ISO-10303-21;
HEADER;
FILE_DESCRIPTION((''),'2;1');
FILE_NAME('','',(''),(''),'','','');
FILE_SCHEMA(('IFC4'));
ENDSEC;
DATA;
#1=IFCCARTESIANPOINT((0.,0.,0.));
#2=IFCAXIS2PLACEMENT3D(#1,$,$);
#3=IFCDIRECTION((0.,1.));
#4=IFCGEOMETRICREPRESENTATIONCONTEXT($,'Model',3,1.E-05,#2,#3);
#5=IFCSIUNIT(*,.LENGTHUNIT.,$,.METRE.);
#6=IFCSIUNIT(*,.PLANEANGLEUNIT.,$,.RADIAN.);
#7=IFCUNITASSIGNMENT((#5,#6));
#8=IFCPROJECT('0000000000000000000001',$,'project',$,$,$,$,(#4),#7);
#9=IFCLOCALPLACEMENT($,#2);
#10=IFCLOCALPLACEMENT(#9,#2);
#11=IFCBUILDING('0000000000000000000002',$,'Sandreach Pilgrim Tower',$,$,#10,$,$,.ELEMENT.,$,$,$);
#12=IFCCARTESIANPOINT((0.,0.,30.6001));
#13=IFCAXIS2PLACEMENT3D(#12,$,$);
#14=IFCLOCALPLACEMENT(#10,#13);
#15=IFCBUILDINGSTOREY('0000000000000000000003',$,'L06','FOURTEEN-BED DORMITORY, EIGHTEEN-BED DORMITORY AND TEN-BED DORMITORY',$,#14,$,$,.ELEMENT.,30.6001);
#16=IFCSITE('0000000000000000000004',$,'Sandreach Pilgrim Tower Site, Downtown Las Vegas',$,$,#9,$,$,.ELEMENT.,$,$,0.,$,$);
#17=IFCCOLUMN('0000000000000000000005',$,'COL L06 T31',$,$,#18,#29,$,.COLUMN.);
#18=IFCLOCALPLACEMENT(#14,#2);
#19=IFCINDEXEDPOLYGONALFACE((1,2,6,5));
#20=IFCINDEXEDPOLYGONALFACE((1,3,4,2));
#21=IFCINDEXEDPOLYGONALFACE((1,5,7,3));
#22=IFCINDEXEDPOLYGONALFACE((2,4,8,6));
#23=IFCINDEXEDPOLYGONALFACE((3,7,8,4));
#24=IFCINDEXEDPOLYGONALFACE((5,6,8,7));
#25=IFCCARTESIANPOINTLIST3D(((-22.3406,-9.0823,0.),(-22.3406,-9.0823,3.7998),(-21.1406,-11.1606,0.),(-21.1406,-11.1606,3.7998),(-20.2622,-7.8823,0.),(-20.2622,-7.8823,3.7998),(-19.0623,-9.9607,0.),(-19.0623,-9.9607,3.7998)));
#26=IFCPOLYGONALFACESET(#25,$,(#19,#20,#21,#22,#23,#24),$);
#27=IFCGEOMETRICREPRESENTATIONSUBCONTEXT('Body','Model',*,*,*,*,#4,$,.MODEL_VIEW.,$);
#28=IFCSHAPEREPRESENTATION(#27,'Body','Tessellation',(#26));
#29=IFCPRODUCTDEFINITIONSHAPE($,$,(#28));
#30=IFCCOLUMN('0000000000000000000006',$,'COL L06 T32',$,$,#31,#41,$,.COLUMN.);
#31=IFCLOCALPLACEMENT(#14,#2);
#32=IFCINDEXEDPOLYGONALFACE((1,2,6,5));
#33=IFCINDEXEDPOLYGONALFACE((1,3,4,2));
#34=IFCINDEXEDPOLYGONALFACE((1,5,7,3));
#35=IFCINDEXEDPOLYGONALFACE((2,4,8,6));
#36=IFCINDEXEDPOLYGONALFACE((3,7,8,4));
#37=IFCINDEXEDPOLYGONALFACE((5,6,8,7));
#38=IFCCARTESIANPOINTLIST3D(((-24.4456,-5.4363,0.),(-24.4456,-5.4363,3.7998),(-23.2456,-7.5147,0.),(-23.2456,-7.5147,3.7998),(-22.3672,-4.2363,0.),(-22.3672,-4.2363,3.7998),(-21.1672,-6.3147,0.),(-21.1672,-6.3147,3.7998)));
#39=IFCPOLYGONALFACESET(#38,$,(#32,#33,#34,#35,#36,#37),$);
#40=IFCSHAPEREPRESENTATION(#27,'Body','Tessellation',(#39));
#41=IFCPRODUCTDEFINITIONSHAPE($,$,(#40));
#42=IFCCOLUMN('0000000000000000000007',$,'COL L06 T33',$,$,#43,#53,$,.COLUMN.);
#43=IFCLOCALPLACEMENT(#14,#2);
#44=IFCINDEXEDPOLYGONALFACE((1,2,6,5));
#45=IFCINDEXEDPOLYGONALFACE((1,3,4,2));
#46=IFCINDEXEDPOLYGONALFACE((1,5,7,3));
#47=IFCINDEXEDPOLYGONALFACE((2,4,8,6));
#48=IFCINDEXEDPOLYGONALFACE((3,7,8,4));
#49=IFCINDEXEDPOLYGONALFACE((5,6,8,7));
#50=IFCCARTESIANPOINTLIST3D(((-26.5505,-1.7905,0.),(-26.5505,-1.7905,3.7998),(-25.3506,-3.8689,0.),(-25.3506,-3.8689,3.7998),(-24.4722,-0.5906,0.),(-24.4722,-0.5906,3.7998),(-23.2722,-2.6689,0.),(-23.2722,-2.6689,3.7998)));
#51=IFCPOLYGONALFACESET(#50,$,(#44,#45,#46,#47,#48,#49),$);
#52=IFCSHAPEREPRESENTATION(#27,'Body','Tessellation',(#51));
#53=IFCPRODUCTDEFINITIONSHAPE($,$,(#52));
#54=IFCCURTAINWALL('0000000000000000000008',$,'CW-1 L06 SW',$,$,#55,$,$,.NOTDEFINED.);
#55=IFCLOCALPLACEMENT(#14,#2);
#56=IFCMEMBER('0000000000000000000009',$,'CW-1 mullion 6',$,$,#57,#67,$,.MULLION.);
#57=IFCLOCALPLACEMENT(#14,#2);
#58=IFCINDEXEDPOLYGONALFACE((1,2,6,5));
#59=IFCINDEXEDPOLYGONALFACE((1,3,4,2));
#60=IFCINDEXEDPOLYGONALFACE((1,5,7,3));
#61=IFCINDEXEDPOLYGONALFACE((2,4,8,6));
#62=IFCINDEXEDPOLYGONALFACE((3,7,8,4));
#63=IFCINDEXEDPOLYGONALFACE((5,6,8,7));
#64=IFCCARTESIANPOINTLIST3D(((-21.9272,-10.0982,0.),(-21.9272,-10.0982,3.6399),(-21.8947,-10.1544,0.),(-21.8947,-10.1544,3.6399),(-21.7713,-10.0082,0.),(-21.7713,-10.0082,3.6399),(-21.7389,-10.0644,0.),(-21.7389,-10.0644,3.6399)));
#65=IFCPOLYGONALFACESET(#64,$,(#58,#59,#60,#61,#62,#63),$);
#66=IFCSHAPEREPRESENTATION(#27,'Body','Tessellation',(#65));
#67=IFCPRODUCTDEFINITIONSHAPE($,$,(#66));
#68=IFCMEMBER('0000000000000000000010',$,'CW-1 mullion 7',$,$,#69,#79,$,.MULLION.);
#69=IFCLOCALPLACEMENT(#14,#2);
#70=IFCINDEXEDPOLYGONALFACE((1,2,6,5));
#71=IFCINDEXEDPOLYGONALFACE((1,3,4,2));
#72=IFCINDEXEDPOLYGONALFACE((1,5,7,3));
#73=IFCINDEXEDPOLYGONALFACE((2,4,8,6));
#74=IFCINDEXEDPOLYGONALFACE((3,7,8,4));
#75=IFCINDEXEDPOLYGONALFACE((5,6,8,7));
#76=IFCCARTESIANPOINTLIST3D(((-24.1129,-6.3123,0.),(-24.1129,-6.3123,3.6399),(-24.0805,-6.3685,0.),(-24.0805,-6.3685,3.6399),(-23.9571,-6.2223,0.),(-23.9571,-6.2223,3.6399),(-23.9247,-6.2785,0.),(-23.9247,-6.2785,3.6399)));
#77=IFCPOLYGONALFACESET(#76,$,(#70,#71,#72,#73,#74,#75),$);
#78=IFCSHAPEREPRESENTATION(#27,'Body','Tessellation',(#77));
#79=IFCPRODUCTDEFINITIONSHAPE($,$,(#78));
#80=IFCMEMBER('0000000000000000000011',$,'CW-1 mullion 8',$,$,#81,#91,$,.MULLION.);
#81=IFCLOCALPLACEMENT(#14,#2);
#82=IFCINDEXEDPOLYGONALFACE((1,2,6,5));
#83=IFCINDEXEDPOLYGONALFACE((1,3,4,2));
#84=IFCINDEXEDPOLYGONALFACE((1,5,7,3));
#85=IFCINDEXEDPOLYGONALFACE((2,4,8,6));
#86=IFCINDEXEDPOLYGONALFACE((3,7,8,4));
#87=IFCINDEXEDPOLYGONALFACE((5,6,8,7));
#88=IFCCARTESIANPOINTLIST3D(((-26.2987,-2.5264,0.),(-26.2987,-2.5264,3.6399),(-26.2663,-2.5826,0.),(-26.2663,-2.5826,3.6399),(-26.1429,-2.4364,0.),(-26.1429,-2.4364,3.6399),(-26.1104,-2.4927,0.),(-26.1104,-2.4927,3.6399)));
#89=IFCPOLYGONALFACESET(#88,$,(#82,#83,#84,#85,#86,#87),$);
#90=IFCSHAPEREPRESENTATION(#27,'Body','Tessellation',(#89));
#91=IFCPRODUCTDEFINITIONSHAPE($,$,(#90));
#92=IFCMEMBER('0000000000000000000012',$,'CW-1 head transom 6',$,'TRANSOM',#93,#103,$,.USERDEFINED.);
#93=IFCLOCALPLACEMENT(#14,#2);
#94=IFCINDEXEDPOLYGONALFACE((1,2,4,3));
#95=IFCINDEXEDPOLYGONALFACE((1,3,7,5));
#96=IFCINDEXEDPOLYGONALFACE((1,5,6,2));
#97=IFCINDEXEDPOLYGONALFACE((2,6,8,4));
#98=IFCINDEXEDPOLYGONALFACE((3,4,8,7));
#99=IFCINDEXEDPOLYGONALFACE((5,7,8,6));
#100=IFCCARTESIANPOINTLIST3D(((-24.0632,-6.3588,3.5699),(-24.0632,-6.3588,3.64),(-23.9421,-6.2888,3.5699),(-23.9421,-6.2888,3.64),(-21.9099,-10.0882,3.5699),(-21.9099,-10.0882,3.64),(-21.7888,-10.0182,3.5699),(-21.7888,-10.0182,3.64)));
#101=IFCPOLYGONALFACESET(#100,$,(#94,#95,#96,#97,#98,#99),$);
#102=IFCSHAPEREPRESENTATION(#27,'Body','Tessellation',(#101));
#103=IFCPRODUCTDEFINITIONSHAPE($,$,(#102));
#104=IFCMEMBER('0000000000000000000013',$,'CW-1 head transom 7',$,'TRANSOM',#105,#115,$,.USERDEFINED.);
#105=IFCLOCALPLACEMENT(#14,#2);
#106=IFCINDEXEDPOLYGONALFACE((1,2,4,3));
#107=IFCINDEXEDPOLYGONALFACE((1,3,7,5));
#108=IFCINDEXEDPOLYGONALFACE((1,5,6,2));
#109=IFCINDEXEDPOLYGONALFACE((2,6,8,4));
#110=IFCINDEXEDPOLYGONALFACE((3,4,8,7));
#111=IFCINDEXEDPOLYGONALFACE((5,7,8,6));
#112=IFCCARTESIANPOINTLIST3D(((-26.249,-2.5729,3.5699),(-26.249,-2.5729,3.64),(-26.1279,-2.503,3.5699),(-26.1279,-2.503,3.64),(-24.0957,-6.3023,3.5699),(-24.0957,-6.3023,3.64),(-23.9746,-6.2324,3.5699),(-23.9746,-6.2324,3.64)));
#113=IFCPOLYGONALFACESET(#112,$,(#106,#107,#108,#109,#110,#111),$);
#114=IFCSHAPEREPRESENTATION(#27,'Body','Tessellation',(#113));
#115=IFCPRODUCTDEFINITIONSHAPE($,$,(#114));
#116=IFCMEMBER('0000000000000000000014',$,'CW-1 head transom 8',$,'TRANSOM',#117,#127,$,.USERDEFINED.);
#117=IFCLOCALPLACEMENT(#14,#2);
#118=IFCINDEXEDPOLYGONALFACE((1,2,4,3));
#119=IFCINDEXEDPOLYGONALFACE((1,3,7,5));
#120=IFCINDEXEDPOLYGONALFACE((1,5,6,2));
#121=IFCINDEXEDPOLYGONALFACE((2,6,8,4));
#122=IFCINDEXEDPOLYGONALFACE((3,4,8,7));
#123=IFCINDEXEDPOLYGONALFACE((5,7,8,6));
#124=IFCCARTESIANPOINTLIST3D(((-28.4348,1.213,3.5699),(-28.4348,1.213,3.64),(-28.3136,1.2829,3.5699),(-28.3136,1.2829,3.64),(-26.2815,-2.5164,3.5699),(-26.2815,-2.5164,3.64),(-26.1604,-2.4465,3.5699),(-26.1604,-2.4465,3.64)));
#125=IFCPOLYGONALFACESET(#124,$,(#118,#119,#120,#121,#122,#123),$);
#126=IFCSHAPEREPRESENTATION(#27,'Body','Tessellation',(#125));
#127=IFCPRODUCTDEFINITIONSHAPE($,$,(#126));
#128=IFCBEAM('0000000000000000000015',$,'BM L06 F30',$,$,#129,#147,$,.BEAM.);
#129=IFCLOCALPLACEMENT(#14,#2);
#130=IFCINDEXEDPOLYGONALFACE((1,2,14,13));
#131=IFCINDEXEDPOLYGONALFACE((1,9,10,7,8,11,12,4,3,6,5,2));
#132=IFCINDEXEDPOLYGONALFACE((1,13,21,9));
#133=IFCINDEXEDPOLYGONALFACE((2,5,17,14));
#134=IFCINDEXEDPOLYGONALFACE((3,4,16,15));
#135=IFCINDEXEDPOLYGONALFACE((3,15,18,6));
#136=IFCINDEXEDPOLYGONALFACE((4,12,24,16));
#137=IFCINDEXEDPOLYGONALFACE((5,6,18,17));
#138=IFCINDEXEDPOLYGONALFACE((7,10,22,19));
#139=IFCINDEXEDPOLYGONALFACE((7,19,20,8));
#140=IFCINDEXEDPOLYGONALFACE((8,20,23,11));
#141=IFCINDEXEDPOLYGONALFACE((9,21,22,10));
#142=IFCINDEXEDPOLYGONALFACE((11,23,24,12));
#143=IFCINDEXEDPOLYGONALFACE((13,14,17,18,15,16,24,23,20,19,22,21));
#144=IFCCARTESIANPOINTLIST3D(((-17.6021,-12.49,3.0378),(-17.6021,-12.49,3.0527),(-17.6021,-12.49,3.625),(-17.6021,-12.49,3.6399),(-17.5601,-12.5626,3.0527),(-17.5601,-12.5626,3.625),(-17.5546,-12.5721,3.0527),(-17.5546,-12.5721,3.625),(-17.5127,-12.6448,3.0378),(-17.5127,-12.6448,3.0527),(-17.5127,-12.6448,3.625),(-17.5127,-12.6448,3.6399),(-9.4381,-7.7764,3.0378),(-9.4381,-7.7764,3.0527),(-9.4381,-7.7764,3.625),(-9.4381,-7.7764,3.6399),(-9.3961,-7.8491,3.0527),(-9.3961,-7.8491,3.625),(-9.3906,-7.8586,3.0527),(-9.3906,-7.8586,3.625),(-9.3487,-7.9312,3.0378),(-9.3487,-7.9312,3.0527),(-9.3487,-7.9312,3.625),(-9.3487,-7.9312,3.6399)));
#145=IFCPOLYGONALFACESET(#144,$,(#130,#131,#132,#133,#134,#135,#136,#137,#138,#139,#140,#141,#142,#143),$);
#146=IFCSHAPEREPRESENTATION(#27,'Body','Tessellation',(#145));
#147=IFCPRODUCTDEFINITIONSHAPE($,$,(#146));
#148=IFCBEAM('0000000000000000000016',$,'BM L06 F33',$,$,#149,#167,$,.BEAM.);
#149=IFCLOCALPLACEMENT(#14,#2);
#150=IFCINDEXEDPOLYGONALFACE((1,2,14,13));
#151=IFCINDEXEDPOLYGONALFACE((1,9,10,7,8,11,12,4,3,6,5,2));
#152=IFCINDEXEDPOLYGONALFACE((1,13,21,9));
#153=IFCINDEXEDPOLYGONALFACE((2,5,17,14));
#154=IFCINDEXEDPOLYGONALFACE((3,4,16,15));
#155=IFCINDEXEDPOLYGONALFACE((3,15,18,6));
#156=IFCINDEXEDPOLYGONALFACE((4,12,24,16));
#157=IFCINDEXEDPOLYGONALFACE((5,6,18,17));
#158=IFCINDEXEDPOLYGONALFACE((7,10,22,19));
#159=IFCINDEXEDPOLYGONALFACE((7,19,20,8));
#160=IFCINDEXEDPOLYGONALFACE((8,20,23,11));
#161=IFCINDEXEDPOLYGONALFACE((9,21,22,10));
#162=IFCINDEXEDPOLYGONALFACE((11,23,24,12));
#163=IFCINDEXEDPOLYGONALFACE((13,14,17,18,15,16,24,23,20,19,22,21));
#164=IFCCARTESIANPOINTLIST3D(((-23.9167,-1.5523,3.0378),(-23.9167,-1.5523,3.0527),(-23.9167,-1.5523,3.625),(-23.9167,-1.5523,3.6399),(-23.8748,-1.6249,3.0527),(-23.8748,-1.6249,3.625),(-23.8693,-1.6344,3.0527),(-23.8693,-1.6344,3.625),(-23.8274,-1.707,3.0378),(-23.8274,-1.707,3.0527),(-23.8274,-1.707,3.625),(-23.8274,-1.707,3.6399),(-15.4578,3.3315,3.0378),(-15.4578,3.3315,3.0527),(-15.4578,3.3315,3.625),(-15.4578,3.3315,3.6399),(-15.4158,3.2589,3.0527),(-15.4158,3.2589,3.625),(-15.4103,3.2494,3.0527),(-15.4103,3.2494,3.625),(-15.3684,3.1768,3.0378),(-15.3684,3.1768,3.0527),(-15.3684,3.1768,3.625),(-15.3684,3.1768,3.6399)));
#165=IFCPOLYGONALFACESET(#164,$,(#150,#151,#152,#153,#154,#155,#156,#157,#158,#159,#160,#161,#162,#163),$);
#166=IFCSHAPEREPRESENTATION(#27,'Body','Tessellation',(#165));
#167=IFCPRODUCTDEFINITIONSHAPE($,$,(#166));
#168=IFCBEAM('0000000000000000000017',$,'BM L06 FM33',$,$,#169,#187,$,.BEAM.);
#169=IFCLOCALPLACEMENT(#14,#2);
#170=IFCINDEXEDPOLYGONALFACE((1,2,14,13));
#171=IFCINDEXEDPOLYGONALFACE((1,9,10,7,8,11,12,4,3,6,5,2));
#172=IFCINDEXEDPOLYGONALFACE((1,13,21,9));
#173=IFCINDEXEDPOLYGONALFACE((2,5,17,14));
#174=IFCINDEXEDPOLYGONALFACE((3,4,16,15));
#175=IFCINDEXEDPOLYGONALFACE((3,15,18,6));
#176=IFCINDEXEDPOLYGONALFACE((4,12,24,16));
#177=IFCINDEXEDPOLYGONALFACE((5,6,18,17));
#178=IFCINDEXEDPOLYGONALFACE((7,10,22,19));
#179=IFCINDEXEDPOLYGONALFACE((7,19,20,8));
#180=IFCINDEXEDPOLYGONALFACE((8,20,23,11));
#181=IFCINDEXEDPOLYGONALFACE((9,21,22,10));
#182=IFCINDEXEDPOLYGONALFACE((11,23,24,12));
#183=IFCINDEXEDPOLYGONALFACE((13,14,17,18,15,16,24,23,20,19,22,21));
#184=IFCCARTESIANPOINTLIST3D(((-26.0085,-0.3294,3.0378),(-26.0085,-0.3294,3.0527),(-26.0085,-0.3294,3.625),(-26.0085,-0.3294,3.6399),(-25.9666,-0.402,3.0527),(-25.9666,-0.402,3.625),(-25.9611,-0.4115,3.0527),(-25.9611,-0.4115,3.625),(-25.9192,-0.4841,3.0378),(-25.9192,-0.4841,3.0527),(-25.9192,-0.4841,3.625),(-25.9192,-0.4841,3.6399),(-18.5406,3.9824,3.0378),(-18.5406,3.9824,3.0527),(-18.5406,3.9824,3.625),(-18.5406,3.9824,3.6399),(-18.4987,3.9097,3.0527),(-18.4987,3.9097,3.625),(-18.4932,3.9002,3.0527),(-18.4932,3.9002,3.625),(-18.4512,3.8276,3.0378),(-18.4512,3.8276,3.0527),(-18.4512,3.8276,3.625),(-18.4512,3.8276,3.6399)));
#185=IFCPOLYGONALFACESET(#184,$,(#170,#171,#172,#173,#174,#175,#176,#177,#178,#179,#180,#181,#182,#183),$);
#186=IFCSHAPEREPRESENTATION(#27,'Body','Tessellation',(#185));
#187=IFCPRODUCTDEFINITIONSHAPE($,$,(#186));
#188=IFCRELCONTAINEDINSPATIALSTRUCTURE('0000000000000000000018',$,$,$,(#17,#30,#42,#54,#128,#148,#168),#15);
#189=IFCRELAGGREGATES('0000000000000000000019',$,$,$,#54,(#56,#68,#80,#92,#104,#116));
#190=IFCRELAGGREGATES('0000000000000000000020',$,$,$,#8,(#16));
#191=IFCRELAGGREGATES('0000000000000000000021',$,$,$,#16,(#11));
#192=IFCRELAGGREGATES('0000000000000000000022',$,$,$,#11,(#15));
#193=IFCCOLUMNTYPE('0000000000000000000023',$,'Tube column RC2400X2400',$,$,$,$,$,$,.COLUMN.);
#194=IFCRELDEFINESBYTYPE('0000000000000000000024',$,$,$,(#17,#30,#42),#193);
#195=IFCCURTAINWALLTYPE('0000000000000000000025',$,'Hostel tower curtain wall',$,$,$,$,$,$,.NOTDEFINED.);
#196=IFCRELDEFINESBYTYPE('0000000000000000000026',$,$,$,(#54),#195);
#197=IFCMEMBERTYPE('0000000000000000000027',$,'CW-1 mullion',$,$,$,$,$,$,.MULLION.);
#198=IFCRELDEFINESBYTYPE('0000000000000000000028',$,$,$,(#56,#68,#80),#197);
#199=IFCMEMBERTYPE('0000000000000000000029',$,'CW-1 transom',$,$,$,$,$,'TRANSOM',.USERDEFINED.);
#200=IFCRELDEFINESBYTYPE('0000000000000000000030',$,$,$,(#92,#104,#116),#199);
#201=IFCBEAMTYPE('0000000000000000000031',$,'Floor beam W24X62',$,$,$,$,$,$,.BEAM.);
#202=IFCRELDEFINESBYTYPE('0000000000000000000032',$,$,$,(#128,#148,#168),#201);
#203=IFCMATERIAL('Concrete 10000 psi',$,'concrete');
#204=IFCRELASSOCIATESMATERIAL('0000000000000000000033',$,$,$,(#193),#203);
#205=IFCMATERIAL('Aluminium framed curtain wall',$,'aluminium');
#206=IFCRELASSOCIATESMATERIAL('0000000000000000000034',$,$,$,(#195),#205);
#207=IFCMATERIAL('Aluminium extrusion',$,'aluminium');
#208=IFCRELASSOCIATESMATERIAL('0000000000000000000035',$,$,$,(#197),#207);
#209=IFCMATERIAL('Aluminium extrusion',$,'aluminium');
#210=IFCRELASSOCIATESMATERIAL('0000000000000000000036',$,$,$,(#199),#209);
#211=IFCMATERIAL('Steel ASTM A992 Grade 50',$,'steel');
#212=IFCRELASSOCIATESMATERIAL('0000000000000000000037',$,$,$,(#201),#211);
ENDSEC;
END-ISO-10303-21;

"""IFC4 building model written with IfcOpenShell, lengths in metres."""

from ifc_helpers import new_model, si_unit, direction, frame, origin, origin_2d, place, context, subcontext, project, spatial, rectangle, i_section, extrude, material, material_profile, profile_set, type_object, element, aggregate, save


model = new_model("IFC4")

# Units and contexts
model_context = context("Model", 3, precision=1e-05, world=origin(), true_north=direction((0.0, 1.0)))
body_context = subcontext(model_context, "Body", "Model", "MODEL_VIEW")
ifc_project = project(units=[si_unit("LENGTHUNIT", "METRE"), si_unit("PLANEANGLEUNIT", "RADIAN")], contexts=[model_context])

# Site, building, storey
site_placement = place(None, origin())
site = spatial("IfcSite", under=ifc_project, at=site_placement, Name="Sandreach Pilgrim Tower Site, Downtown Las Vegas", CompositionType="ELEMENT", RefElevation=0.0)
building_placement = place(site_placement, origin())
building = spatial("IfcBuilding", under=site, at=building_placement, Name="Sandreach Pilgrim Tower", CompositionType="ELEMENT")
storey_placement = place(building_placement, frame((0.0, 0.0, 30.6001)))
storey = spatial("IfcBuildingStorey", under=building, at=storey_placement, Name="L06", Description="FOURTEEN-BED DORMITORY, EIGHTEEN-BED DORMITORY AND TEN-BED DORMITORY", CompositionType="ELEMENT", Elevation=30.6001)

# Columns
ifc_material_1 = material(Name="Concrete 10000 psi", Category="concrete")
ifc_material_profile_1 = material_profile(ifc_material_1, rectangle(XDim=2.3999, YDim=2.3999, at=origin_2d()), Name="RC2400X2400")
ifc_profile_set_1 = profile_set([ifc_material_profile_1], Name="Concrete 10000 psi")
column_type = type_object("IfcColumnType", Name="Tube column RC2400X2400", PredefinedType="COLUMN", material=ifc_profile_set_1)
for number, where, z_axis, x_axis, name in (
    (1, (-20.7014, -9.5215, 0.0), (0.0, 0.0, 1.0), (-0.866025, -0.5, 0.0), "COL L06 T31"),
    (2, (-22.8064, -5.8755, 0.0), (0.0, 0.0, 1.0), (-0.866025, -0.5, 0.0), "COL L06 T32"),
    (3, (-24.9114, -2.2297, 0.0), (0.0, 0.0, 1.0), (-0.866025, -0.5, 0.0), "COL L06 T33"),
):
    element("IfcColumn", number, at=place(storey_placement, frame(where, z_axis=z_axis, x_axis=x_axis)), inside=storey, type_object=column_type, Name=name, PredefinedType="COLUMN", context=body_context, shape_type="SweptSolid", body=[
        extrude(rectangle(XDim=2.3999, YDim=2.3999, at=origin_2d()), origin(), (0.0, 0.0, 1.0), 3.7998),
    ])

# Curtain wall, members
ifc_material_2 = material(Name="Aluminium framed curtain wall", Category="aluminium")
curtain_wall_type = type_object("IfcCurtainWallType", Name="Hostel tower curtain wall", PredefinedType="NOTDEFINED", material=ifc_material_2)
curtain_wall_placement = place(storey_placement, origin())
curtain_wall = element("IfcCurtainWall", 4, at=curtain_wall_placement, inside=storey, type_object=curtain_wall_type, Name="CW-1 L06 SW", PredefinedType="NOTDEFINED")
ifc_material_3 = material(Name="Aluminium extrusion", Category="aluminium")
ifc_material_profile_2 = material_profile(ifc_material_3, rectangle(XDim=0.0649, YDim=0.1799, at=origin_2d()), Name="CW-1M 65X180")
ifc_profile_set_2 = profile_set([ifc_material_profile_2], Name="Aluminium extrusion")
member_type_1 = type_object("IfcMemberType", Name="CW-1 mullion", PredefinedType="MULLION", material=ifc_profile_set_2)
member_1_placement = place(storey_placement, frame((-21.833, -10.0813, 0.0), z_axis=(0.0, 0.0, 1.0), x_axis=(-0.5, 0.866025, 0.0)))
member_1 = element("IfcMember", 5, at=member_1_placement, type_object=member_type_1, Name="CW-1 mullion 6", PredefinedType="MULLION", context=body_context, shape_type="SweptSolid", body=[
    extrude(rectangle(XDim=0.0649, YDim=0.1799, at=origin_2d()), origin(), (0.0, 0.0, 1.0), 3.6399),
])
member_2_placement = place(storey_placement, frame((-24.0188, -6.2954, 0.0), z_axis=(0.0, 0.0, 1.0), x_axis=(-0.5, 0.866025, 0.0)))
member_2 = element("IfcMember", 6, at=member_2_placement, type_object=member_type_1, Name="CW-1 mullion 7", PredefinedType="MULLION", context=body_context, shape_type="SweptSolid", body=[
    extrude(rectangle(XDim=0.0649, YDim=0.1799, at=origin_2d()), origin(), (0.0, 0.0, 1.0), 3.6399),
])
member_3_placement = place(storey_placement, frame((-26.2046, -2.5095, 0.0), z_axis=(0.0, 0.0, 1.0), x_axis=(-0.5, 0.866025, 0.0)))
member_3 = element("IfcMember", 7, at=member_3_placement, type_object=member_type_1, Name="CW-1 mullion 8", PredefinedType="MULLION", context=body_context, shape_type="SweptSolid", body=[
    extrude(rectangle(XDim=0.0649, YDim=0.1799, at=origin_2d()), origin(), (0.0, 0.0, 1.0), 3.6399),
])
ifc_material_4 = material(Name="Aluminium extrusion", Category="aluminium")
ifc_material_profile_3 = material_profile(ifc_material_4, rectangle(XDim=0.1399, YDim=0.0701, at=origin_2d()), Name="CW-1T 140X70")
ifc_profile_set_3 = profile_set([ifc_material_profile_3], Name="Aluminium extrusion")
member_type_2 = type_object("IfcMemberType", Name="CW-1 transom", ElementType="TRANSOM", PredefinedType="USERDEFINED", material=ifc_profile_set_3)
member_4_placement = place(storey_placement, frame((-21.8494, -10.0532, 3.605), z_axis=(-0.500017, 0.866016, 0.0), x_axis=(-0.866016, -0.500017, 0.0)))
member_4 = element("IfcMember", 8, at=member_4_placement, type_object=member_type_2, Name="CW-1 head transom 6", ObjectType="TRANSOM", PredefinedType="USERDEFINED", context=body_context, shape_type="SweptSolid", body=[
    extrude(rectangle(XDim=0.1399, YDim=0.0701, at=origin_2d()), origin(), (0.0, 0.0, 1.0), 4.3064),
])
member_5_placement = place(storey_placement, frame((-24.0352, -6.2673, 3.605), z_axis=(-0.500017, 0.866016, 0.0), x_axis=(-0.866016, -0.500017, 0.0)))
member_5 = element("IfcMember", 9, at=member_5_placement, type_object=member_type_2, Name="CW-1 head transom 7", ObjectType="TRANSOM", PredefinedType="USERDEFINED", context=body_context, shape_type="SweptSolid", body=[
    extrude(rectangle(XDim=0.1399, YDim=0.0701, at=origin_2d()), origin(), (0.0, 0.0, 1.0), 4.3064),
])
member_6_placement = place(storey_placement, frame((-26.2209, -2.4814, 3.605), z_axis=(-0.500017, 0.866016, 0.0), x_axis=(-0.866016, -0.500017, 0.0)))
member_6 = element("IfcMember", 10, at=member_6_placement, type_object=member_type_2, Name="CW-1 head transom 8", ObjectType="TRANSOM", PredefinedType="USERDEFINED", context=body_context, shape_type="SweptSolid", body=[
    extrude(rectangle(XDim=0.1399, YDim=0.0701, at=origin_2d()), origin(), (0.0, 0.0, 1.0), 4.3064),
])

# Beams
ifc_material_5 = material(Name="Steel ASTM A992 Grade 50", Category="steel")
ifc_material_profile_4 = material_profile(ifc_material_5, i_section(OverallWidth=0.1787, OverallDepth=0.6021, WebThickness=0.011, FlangeThickness=0.0149, at=origin_2d()), Name="W24X62")
ifc_profile_set_4 = profile_set([ifc_material_profile_4], Name="Steel ASTM A992 Grade 50")
beam_type_1 = type_object("IfcBeamType", Name="Floor beam W24X62", PredefinedType="BEAM", material=ifc_profile_set_4)
beam_1_placement = place(storey_placement, frame((-17.5574, -12.5674, 3.3389), z_axis=(0.866021, 0.500008, 0.0), x_axis=(-0.500008, 0.866021, 0.0)))
element("IfcBeam", 11, at=beam_1_placement, inside=storey, type_object=beam_type_1, Name="BM L06 F30", PredefinedType="BEAM", context=body_context, shape_type="SweptSolid", body=[
    extrude(i_section(OverallWidth=0.1787, OverallDepth=0.6021, WebThickness=0.011, FlangeThickness=0.0149, at=origin_2d()), origin(), (0.0, 0.0, 1.0), 9.427),
])
beam_2_placement = place(storey_placement, frame((-23.8721, -1.6296, 3.3389), z_axis=(0.866026, 0.499999, 0.0), x_axis=(-0.499999, 0.866026, 0.0)))
element("IfcBeam", 12, at=beam_2_placement, inside=storey, type_object=beam_type_1, Name="BM L06 F33", PredefinedType="BEAM", context=body_context, shape_type="SweptSolid", body=[
    extrude(i_section(OverallWidth=0.1787, OverallDepth=0.6021, WebThickness=0.011, FlangeThickness=0.0149, at=origin_2d()), origin(), (0.0, 0.0, 1.0), 9.7676),
])
beam_3_placement = place(storey_placement, frame((-25.9639, -0.4067, 3.3389), z_axis=(0.86602, 0.500009, 0.0), x_axis=(-0.500009, 0.86602, 0.0)))
element("IfcBeam", 13, at=beam_3_placement, inside=storey, type_object=beam_type_1, Name="BM L06 FM33", PredefinedType="BEAM", context=body_context, shape_type="SweptSolid", body=[
    extrude(i_section(OverallWidth=0.1787, OverallDepth=0.6021, WebThickness=0.011, FlangeThickness=0.0149, at=origin_2d()), origin(), (0.0, 0.0, 1.0), 8.6233),
])

aggregate(curtain_wall, [member_1, member_2, member_3, member_4, member_5, member_6])

save(model, "model.ifc")
